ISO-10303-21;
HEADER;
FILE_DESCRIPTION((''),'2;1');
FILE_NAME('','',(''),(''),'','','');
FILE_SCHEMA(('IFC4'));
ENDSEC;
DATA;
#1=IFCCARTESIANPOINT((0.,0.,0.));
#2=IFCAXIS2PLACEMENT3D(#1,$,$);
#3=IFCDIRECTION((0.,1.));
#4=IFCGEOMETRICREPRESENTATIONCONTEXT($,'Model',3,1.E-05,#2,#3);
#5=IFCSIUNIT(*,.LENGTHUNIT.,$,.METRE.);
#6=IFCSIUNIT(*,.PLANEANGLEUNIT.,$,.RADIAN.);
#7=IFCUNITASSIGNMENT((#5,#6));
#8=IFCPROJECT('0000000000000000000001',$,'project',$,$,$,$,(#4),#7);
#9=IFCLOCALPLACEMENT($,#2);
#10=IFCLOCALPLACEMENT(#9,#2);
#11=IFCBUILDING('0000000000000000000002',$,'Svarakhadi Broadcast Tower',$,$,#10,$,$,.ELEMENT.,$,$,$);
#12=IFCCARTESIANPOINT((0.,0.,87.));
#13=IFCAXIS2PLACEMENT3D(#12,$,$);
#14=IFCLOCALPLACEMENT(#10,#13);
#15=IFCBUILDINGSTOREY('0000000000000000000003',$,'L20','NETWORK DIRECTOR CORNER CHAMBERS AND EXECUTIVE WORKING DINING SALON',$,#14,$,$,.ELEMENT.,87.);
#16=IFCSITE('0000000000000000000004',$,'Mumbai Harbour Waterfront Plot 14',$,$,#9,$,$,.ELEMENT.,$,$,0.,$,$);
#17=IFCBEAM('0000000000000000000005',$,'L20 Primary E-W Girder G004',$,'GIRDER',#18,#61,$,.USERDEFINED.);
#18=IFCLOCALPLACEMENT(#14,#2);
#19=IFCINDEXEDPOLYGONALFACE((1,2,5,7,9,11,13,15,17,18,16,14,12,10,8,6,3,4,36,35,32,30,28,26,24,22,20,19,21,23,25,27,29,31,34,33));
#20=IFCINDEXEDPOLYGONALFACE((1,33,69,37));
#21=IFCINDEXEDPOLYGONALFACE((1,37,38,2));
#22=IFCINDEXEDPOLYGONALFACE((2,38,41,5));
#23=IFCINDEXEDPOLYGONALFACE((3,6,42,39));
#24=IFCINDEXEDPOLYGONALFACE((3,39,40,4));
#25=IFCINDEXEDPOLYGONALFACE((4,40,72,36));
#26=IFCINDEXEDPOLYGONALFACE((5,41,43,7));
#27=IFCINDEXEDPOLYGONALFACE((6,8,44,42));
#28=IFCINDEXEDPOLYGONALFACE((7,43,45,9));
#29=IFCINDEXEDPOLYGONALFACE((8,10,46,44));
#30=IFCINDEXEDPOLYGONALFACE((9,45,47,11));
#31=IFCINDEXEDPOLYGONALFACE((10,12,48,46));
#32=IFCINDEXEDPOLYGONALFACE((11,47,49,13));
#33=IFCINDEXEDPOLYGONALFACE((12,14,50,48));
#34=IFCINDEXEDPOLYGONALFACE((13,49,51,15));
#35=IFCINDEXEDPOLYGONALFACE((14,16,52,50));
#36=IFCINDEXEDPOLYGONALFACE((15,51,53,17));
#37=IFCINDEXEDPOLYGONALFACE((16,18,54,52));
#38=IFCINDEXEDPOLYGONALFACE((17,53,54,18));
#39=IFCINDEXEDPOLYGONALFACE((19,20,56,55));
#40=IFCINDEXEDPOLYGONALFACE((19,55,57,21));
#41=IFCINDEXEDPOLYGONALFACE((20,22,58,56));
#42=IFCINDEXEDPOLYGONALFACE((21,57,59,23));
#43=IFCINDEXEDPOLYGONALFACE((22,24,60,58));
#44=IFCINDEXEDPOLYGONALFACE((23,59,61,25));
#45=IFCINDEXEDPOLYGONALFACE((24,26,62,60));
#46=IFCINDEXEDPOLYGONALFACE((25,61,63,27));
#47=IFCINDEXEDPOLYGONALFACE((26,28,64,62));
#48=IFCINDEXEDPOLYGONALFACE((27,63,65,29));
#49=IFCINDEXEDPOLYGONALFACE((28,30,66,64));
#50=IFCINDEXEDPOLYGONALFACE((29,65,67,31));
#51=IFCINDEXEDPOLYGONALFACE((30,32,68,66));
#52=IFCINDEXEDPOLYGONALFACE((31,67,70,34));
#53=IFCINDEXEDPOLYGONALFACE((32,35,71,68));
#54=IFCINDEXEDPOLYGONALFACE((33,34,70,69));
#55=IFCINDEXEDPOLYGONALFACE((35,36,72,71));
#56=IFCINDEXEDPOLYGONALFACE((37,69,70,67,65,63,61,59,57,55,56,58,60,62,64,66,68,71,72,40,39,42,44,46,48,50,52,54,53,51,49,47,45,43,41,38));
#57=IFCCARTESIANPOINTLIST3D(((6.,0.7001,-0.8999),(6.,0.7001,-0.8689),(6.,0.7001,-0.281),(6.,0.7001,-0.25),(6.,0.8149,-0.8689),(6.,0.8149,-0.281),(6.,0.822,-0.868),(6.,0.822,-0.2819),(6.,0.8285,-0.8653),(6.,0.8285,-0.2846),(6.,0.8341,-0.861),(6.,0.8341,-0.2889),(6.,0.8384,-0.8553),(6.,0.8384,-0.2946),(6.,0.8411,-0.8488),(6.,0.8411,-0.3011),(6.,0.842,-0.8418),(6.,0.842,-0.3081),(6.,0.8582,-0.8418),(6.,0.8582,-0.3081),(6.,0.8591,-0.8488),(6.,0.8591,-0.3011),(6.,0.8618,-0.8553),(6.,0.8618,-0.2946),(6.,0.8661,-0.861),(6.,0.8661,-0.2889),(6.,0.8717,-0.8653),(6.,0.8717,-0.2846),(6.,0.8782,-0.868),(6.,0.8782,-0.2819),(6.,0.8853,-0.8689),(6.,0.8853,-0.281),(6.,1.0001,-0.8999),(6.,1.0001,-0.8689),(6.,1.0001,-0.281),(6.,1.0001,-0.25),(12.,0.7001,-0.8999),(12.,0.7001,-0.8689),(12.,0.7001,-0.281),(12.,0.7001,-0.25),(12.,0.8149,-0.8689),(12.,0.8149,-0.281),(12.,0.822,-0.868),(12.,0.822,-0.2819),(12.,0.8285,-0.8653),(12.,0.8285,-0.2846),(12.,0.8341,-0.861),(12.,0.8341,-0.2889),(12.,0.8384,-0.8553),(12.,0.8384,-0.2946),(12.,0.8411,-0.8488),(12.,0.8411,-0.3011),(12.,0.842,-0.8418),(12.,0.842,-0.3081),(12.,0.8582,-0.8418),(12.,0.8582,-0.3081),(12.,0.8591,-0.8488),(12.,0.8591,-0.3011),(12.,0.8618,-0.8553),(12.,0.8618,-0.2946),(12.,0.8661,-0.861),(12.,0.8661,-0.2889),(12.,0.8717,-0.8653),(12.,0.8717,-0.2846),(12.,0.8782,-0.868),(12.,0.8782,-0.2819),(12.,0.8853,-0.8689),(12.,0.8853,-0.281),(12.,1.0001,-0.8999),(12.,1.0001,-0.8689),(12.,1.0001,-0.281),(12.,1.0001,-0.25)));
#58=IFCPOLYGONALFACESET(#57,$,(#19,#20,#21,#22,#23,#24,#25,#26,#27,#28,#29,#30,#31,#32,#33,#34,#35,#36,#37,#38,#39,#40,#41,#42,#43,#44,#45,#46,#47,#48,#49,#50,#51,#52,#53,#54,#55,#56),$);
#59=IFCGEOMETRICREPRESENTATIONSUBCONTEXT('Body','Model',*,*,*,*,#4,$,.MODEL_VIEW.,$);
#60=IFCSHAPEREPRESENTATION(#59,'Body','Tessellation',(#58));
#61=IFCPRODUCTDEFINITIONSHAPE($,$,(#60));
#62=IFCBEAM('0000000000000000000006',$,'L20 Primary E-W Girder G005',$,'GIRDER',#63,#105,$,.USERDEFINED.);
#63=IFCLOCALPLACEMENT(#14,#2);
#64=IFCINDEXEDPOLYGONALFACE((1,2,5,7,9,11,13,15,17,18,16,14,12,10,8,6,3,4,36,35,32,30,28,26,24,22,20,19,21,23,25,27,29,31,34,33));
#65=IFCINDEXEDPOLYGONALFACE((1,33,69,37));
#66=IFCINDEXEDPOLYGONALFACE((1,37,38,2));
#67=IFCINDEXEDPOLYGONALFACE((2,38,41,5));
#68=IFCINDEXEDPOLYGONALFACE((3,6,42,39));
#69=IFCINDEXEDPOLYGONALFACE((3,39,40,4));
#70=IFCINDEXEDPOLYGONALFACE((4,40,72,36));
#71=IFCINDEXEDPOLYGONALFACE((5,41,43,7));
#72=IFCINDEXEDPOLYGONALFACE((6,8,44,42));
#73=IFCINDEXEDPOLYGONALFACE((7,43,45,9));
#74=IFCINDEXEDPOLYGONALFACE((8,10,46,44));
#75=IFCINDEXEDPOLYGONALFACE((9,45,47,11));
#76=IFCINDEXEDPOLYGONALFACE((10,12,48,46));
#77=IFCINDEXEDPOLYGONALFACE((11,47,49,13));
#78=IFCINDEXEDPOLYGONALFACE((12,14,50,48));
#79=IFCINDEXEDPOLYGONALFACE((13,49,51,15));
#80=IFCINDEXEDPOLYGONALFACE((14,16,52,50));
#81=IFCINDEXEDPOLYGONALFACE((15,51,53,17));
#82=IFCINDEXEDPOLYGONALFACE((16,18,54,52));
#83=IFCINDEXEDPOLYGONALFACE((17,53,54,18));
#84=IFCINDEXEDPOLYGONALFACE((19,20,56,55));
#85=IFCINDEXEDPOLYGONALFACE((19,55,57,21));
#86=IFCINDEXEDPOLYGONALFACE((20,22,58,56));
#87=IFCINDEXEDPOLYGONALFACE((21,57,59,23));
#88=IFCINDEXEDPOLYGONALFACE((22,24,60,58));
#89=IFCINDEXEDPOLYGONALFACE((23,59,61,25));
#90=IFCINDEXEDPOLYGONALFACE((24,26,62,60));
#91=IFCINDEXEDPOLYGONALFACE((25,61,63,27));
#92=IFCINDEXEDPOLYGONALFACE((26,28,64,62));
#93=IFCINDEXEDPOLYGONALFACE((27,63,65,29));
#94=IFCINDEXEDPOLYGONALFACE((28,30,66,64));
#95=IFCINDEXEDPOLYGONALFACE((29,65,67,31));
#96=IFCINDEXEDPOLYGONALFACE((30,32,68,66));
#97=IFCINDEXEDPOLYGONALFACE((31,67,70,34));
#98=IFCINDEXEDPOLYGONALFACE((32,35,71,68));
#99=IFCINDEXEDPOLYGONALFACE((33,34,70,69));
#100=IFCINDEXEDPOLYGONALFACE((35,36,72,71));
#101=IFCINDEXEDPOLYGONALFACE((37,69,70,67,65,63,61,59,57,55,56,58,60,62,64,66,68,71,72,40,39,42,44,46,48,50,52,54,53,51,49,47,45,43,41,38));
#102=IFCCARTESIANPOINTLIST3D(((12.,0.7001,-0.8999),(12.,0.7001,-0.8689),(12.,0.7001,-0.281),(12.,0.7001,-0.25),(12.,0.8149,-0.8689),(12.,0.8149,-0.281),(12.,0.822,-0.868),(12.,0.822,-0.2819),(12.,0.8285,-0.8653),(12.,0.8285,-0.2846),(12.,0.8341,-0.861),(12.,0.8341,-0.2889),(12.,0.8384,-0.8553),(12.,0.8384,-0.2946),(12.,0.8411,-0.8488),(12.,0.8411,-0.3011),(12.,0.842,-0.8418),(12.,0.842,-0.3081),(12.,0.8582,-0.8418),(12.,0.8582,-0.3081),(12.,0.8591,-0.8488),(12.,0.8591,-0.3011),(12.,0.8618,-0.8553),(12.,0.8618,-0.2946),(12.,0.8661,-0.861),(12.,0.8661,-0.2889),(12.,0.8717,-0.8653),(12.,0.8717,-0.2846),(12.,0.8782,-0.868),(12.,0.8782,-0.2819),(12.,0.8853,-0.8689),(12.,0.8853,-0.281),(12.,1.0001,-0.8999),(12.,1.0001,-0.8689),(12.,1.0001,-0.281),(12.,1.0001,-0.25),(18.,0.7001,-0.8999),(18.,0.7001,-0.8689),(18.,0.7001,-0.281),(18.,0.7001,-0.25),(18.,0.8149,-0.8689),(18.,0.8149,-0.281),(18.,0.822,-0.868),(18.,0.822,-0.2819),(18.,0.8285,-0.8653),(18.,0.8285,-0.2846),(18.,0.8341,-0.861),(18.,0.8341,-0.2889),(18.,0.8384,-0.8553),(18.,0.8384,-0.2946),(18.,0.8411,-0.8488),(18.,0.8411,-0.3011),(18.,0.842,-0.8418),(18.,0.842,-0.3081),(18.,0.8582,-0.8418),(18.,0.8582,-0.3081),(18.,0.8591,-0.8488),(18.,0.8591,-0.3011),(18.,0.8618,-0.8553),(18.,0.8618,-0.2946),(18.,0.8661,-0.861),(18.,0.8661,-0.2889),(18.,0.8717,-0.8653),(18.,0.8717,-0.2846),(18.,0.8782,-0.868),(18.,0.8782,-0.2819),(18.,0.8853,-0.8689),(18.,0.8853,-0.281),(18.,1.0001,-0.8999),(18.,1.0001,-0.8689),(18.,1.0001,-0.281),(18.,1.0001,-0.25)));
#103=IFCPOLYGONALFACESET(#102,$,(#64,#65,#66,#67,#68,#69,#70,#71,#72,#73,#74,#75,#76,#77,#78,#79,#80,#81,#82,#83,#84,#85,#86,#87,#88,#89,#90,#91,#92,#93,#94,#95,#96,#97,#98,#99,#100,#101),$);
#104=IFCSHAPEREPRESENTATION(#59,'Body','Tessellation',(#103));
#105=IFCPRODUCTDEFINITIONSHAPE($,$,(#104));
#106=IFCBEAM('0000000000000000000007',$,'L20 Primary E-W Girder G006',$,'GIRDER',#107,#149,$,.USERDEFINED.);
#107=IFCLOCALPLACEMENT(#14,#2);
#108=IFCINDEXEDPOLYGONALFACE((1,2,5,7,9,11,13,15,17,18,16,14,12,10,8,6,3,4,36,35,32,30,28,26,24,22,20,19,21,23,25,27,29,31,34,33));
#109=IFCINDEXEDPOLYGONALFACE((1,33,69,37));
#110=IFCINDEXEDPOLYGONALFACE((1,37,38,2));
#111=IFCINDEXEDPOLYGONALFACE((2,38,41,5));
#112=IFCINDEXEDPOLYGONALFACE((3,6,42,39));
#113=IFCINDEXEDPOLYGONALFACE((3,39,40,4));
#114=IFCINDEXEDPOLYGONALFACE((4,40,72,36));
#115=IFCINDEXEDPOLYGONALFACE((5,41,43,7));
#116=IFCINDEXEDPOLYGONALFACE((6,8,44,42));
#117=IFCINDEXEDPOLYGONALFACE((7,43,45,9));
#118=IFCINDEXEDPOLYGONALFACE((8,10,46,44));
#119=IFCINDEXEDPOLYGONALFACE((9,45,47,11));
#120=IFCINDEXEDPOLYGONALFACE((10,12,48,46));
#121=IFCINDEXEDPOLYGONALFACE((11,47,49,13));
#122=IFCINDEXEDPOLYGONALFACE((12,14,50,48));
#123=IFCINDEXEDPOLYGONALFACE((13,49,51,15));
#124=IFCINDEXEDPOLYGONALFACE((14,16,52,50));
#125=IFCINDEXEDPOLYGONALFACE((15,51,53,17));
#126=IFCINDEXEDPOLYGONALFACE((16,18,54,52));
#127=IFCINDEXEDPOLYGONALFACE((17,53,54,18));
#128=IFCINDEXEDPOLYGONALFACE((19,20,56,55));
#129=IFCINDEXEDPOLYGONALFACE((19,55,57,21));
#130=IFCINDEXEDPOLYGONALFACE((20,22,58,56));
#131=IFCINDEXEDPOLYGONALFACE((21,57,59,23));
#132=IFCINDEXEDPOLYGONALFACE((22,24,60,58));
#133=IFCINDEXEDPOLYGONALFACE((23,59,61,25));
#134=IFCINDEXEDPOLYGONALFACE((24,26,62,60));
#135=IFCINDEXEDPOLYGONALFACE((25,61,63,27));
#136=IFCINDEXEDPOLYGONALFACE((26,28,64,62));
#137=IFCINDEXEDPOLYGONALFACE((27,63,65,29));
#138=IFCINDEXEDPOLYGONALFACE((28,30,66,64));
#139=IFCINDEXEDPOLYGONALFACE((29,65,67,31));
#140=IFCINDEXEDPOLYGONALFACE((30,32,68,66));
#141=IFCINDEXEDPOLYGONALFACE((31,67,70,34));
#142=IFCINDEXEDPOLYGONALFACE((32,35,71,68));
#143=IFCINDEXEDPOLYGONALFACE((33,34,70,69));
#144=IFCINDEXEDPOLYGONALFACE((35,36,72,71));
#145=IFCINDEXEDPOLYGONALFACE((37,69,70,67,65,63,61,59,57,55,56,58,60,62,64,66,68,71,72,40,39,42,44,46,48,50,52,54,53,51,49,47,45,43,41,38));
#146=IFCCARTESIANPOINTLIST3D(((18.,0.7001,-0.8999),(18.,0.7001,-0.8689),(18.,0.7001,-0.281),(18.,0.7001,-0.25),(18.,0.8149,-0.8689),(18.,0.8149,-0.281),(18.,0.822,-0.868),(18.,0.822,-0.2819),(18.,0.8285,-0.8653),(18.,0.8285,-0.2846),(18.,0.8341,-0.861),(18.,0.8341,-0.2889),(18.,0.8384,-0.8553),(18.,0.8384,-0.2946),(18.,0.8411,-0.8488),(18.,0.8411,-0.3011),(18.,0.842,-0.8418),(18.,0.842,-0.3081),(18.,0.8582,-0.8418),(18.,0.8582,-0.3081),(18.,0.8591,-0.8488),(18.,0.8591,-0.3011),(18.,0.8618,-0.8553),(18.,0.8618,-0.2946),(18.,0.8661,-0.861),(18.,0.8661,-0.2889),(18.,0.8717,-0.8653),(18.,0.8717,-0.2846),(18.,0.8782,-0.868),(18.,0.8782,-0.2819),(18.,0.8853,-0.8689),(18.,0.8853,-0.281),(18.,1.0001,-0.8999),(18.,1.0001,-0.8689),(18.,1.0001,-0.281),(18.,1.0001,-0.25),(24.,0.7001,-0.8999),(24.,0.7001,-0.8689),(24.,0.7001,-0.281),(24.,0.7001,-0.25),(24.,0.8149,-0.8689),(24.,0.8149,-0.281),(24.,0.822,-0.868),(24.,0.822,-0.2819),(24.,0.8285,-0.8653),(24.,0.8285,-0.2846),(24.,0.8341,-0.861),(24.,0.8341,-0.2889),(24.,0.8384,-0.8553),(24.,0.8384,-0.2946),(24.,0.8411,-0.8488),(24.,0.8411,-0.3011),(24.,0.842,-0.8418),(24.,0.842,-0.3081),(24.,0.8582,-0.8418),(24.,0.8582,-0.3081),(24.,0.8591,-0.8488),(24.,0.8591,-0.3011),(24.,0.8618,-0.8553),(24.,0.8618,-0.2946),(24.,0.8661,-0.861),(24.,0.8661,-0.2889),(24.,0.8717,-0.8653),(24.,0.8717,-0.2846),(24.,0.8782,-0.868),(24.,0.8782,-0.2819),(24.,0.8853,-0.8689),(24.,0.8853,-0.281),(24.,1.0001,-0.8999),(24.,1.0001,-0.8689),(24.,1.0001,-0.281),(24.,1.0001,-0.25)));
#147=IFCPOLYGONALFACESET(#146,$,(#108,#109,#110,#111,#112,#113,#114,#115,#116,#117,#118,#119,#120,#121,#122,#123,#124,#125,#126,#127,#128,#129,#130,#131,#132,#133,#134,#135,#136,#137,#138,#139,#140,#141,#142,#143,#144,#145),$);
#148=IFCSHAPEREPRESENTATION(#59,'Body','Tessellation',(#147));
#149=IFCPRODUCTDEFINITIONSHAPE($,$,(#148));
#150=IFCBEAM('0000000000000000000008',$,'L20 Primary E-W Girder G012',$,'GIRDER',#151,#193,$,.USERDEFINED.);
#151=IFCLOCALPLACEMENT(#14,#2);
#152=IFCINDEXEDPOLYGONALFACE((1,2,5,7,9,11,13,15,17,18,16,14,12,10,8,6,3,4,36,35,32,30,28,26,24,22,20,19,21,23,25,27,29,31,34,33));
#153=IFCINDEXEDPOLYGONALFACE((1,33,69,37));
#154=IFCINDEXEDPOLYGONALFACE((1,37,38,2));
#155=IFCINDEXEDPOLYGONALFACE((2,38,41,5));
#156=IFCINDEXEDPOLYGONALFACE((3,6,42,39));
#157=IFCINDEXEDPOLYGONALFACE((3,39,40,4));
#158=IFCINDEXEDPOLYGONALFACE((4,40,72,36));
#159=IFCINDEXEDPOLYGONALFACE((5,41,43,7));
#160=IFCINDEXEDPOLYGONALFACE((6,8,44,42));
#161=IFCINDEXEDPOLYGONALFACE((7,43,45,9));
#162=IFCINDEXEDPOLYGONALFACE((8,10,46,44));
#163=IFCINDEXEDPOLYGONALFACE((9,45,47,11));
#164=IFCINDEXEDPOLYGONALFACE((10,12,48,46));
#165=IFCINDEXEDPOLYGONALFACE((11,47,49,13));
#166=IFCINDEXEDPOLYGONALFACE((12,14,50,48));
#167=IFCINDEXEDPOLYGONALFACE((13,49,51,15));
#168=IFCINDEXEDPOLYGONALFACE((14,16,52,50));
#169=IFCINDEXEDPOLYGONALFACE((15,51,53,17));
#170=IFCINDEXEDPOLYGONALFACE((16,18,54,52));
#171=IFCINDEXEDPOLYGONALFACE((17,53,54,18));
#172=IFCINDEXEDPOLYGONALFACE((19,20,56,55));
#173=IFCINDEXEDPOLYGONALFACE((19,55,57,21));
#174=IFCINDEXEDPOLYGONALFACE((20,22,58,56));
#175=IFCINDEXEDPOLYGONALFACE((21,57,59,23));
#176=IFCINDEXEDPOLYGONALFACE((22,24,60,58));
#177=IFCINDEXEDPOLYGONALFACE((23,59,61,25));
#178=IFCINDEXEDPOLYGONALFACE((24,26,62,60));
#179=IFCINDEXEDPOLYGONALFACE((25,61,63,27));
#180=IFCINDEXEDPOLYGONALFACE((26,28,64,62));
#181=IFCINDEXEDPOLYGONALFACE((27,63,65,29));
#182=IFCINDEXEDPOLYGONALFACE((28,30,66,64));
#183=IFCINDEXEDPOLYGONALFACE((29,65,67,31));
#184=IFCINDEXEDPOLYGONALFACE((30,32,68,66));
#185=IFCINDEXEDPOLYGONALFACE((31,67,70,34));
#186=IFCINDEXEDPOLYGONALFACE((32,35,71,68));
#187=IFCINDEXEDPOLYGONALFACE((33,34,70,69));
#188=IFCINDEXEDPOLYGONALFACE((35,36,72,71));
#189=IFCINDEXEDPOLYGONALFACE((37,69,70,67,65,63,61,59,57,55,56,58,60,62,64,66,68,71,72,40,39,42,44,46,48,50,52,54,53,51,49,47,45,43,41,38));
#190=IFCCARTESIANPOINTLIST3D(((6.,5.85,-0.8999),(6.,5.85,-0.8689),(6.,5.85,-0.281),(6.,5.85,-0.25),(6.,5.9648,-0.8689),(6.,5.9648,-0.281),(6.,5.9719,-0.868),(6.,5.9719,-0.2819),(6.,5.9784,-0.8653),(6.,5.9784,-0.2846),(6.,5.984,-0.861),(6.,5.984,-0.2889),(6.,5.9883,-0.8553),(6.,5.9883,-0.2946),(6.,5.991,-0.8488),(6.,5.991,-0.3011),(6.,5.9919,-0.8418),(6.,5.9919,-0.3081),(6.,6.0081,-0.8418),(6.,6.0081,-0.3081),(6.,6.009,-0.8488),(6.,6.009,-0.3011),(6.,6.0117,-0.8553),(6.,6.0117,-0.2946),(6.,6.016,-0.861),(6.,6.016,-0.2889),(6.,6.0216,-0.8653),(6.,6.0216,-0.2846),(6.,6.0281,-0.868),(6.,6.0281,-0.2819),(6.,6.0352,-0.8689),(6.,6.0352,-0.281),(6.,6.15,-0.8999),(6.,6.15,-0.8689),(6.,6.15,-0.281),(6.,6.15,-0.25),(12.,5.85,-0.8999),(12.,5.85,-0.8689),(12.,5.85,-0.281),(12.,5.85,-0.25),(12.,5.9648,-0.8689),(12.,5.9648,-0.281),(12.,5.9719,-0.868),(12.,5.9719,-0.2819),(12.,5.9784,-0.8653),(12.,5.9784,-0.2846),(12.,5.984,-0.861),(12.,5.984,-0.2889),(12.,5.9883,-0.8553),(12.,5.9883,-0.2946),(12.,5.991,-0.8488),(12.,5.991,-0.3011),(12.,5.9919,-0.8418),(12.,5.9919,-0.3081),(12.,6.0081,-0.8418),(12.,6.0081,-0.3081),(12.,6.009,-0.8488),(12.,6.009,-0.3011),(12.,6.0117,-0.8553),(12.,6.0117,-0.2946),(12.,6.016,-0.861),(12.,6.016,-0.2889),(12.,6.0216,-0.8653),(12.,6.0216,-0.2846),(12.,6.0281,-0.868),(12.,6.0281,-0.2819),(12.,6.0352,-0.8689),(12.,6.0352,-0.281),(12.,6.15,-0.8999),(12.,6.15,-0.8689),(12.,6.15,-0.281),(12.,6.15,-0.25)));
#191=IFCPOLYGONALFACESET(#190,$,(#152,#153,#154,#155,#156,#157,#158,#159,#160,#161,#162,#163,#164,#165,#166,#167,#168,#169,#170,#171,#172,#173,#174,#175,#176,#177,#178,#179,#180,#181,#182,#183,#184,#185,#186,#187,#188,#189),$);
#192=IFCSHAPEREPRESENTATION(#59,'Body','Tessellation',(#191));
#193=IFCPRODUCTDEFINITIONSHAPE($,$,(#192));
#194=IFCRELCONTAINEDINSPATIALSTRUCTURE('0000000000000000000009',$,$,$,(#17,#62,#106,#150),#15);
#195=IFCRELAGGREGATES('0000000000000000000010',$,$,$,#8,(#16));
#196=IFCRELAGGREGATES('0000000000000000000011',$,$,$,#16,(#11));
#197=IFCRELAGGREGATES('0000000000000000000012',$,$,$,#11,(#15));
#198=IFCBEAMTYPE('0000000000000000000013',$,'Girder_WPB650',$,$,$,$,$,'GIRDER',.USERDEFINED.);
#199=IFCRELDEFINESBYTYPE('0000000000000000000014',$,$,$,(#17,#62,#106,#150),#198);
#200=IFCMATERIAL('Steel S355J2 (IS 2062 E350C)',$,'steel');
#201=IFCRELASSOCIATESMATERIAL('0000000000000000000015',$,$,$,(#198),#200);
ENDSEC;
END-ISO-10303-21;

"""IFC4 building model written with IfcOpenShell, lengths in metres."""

from ifc_helpers import new_model, si_unit, direction, frame, origin, origin_2d, place, context, subcontext, project, spatial, i_section, extrude, material, material_profile, profile_set, type_object, element, save


model = new_model("IFC4")

# Units and contexts
model_context = context("Model", 3, precision=1e-05, world=origin(), true_north=direction((0.0, 1.0)))
body_context = subcontext(model_context, "Body", "Model", "MODEL_VIEW")
ifc_project = project(units=[si_unit("LENGTHUNIT", "METRE"), si_unit("PLANEANGLEUNIT", "RADIAN")], contexts=[model_context])

# Site, building, storey
site_placement = place(None, origin())
site = spatial("IfcSite", under=ifc_project, at=site_placement, Name="Mumbai Harbour Waterfront Plot 14", CompositionType="ELEMENT", RefElevation=0.0)
building_placement = place(site_placement, origin())
building = spatial("IfcBuilding", under=site, at=building_placement, Name="Svarakhadi Broadcast Tower", CompositionType="ELEMENT")
storey_placement = place(building_placement, frame((0.0, 0.0, 87.0)))
storey = spatial("IfcBuildingStorey", under=building, at=storey_placement, Name="L20", Description="NETWORK DIRECTOR CORNER CHAMBERS AND EXECUTIVE WORKING DINING SALON", CompositionType="ELEMENT", Elevation=87.0)

# Shared definitions
ifc_material_1 = material(Name="Steel S355J2 (IS 2062 E350C)", Category="steel")

# Beams
ifc_material_profile_1 = material_profile(ifc_material_1, i_section(OverallWidth=0.3, OverallDepth=0.6499, WebThickness=0.0161, FlangeThickness=0.031, FilletRadius=0.0271, at=origin_2d()), Name="WPB 650x300x225")
ifc_profile_set_1 = profile_set([ifc_material_profile_1], Name="Steel S355J2 (IS 2062 E350C)")
beam_type_1 = type_object("IfcBeamType", Name="Girder_WPB650", ElementType="GIRDER", PredefinedType="USERDEFINED", material=ifc_profile_set_1)
for number, where, z_axis, x_axis, name in (
    (1, (6.0, 0.8501, -0.575), (1.0, 0.0, 0.0), (0.0, 1.0, 0.0), "L20 Primary E-W Girder G004"),
    (2, (12.0, 0.8501, -0.575), (1.0, 0.0, 0.0), (0.0, 1.0, 0.0), "L20 Primary E-W Girder G005"),
    (3, (18.0, 0.8501, -0.575), (1.0, 0.0, 0.0), (0.0, 1.0, 0.0), "L20 Primary E-W Girder G006"),
    (4, (6.0, 6.0, -0.575), (1.0, 0.0, 0.0), (0.0, 1.0, 0.0), "L20 Primary E-W Girder G012"),
):
    element("IfcBeam", number, at=place(storey_placement, frame(where, z_axis=z_axis, x_axis=x_axis)), inside=storey, type_object=beam_type_1, Name=name, ObjectType="GIRDER", PredefinedType="USERDEFINED", context=body_context, shape_type="SweptSolid", body=[
        extrude(i_section(OverallWidth=0.3, OverallDepth=0.6499, WebThickness=0.0161, FlangeThickness=0.031, FilletRadius=0.0271, at=origin_2d()), origin(), (0.0, 0.0, 1.0), 6.0),
    ])

save(model, "model.ifc")
